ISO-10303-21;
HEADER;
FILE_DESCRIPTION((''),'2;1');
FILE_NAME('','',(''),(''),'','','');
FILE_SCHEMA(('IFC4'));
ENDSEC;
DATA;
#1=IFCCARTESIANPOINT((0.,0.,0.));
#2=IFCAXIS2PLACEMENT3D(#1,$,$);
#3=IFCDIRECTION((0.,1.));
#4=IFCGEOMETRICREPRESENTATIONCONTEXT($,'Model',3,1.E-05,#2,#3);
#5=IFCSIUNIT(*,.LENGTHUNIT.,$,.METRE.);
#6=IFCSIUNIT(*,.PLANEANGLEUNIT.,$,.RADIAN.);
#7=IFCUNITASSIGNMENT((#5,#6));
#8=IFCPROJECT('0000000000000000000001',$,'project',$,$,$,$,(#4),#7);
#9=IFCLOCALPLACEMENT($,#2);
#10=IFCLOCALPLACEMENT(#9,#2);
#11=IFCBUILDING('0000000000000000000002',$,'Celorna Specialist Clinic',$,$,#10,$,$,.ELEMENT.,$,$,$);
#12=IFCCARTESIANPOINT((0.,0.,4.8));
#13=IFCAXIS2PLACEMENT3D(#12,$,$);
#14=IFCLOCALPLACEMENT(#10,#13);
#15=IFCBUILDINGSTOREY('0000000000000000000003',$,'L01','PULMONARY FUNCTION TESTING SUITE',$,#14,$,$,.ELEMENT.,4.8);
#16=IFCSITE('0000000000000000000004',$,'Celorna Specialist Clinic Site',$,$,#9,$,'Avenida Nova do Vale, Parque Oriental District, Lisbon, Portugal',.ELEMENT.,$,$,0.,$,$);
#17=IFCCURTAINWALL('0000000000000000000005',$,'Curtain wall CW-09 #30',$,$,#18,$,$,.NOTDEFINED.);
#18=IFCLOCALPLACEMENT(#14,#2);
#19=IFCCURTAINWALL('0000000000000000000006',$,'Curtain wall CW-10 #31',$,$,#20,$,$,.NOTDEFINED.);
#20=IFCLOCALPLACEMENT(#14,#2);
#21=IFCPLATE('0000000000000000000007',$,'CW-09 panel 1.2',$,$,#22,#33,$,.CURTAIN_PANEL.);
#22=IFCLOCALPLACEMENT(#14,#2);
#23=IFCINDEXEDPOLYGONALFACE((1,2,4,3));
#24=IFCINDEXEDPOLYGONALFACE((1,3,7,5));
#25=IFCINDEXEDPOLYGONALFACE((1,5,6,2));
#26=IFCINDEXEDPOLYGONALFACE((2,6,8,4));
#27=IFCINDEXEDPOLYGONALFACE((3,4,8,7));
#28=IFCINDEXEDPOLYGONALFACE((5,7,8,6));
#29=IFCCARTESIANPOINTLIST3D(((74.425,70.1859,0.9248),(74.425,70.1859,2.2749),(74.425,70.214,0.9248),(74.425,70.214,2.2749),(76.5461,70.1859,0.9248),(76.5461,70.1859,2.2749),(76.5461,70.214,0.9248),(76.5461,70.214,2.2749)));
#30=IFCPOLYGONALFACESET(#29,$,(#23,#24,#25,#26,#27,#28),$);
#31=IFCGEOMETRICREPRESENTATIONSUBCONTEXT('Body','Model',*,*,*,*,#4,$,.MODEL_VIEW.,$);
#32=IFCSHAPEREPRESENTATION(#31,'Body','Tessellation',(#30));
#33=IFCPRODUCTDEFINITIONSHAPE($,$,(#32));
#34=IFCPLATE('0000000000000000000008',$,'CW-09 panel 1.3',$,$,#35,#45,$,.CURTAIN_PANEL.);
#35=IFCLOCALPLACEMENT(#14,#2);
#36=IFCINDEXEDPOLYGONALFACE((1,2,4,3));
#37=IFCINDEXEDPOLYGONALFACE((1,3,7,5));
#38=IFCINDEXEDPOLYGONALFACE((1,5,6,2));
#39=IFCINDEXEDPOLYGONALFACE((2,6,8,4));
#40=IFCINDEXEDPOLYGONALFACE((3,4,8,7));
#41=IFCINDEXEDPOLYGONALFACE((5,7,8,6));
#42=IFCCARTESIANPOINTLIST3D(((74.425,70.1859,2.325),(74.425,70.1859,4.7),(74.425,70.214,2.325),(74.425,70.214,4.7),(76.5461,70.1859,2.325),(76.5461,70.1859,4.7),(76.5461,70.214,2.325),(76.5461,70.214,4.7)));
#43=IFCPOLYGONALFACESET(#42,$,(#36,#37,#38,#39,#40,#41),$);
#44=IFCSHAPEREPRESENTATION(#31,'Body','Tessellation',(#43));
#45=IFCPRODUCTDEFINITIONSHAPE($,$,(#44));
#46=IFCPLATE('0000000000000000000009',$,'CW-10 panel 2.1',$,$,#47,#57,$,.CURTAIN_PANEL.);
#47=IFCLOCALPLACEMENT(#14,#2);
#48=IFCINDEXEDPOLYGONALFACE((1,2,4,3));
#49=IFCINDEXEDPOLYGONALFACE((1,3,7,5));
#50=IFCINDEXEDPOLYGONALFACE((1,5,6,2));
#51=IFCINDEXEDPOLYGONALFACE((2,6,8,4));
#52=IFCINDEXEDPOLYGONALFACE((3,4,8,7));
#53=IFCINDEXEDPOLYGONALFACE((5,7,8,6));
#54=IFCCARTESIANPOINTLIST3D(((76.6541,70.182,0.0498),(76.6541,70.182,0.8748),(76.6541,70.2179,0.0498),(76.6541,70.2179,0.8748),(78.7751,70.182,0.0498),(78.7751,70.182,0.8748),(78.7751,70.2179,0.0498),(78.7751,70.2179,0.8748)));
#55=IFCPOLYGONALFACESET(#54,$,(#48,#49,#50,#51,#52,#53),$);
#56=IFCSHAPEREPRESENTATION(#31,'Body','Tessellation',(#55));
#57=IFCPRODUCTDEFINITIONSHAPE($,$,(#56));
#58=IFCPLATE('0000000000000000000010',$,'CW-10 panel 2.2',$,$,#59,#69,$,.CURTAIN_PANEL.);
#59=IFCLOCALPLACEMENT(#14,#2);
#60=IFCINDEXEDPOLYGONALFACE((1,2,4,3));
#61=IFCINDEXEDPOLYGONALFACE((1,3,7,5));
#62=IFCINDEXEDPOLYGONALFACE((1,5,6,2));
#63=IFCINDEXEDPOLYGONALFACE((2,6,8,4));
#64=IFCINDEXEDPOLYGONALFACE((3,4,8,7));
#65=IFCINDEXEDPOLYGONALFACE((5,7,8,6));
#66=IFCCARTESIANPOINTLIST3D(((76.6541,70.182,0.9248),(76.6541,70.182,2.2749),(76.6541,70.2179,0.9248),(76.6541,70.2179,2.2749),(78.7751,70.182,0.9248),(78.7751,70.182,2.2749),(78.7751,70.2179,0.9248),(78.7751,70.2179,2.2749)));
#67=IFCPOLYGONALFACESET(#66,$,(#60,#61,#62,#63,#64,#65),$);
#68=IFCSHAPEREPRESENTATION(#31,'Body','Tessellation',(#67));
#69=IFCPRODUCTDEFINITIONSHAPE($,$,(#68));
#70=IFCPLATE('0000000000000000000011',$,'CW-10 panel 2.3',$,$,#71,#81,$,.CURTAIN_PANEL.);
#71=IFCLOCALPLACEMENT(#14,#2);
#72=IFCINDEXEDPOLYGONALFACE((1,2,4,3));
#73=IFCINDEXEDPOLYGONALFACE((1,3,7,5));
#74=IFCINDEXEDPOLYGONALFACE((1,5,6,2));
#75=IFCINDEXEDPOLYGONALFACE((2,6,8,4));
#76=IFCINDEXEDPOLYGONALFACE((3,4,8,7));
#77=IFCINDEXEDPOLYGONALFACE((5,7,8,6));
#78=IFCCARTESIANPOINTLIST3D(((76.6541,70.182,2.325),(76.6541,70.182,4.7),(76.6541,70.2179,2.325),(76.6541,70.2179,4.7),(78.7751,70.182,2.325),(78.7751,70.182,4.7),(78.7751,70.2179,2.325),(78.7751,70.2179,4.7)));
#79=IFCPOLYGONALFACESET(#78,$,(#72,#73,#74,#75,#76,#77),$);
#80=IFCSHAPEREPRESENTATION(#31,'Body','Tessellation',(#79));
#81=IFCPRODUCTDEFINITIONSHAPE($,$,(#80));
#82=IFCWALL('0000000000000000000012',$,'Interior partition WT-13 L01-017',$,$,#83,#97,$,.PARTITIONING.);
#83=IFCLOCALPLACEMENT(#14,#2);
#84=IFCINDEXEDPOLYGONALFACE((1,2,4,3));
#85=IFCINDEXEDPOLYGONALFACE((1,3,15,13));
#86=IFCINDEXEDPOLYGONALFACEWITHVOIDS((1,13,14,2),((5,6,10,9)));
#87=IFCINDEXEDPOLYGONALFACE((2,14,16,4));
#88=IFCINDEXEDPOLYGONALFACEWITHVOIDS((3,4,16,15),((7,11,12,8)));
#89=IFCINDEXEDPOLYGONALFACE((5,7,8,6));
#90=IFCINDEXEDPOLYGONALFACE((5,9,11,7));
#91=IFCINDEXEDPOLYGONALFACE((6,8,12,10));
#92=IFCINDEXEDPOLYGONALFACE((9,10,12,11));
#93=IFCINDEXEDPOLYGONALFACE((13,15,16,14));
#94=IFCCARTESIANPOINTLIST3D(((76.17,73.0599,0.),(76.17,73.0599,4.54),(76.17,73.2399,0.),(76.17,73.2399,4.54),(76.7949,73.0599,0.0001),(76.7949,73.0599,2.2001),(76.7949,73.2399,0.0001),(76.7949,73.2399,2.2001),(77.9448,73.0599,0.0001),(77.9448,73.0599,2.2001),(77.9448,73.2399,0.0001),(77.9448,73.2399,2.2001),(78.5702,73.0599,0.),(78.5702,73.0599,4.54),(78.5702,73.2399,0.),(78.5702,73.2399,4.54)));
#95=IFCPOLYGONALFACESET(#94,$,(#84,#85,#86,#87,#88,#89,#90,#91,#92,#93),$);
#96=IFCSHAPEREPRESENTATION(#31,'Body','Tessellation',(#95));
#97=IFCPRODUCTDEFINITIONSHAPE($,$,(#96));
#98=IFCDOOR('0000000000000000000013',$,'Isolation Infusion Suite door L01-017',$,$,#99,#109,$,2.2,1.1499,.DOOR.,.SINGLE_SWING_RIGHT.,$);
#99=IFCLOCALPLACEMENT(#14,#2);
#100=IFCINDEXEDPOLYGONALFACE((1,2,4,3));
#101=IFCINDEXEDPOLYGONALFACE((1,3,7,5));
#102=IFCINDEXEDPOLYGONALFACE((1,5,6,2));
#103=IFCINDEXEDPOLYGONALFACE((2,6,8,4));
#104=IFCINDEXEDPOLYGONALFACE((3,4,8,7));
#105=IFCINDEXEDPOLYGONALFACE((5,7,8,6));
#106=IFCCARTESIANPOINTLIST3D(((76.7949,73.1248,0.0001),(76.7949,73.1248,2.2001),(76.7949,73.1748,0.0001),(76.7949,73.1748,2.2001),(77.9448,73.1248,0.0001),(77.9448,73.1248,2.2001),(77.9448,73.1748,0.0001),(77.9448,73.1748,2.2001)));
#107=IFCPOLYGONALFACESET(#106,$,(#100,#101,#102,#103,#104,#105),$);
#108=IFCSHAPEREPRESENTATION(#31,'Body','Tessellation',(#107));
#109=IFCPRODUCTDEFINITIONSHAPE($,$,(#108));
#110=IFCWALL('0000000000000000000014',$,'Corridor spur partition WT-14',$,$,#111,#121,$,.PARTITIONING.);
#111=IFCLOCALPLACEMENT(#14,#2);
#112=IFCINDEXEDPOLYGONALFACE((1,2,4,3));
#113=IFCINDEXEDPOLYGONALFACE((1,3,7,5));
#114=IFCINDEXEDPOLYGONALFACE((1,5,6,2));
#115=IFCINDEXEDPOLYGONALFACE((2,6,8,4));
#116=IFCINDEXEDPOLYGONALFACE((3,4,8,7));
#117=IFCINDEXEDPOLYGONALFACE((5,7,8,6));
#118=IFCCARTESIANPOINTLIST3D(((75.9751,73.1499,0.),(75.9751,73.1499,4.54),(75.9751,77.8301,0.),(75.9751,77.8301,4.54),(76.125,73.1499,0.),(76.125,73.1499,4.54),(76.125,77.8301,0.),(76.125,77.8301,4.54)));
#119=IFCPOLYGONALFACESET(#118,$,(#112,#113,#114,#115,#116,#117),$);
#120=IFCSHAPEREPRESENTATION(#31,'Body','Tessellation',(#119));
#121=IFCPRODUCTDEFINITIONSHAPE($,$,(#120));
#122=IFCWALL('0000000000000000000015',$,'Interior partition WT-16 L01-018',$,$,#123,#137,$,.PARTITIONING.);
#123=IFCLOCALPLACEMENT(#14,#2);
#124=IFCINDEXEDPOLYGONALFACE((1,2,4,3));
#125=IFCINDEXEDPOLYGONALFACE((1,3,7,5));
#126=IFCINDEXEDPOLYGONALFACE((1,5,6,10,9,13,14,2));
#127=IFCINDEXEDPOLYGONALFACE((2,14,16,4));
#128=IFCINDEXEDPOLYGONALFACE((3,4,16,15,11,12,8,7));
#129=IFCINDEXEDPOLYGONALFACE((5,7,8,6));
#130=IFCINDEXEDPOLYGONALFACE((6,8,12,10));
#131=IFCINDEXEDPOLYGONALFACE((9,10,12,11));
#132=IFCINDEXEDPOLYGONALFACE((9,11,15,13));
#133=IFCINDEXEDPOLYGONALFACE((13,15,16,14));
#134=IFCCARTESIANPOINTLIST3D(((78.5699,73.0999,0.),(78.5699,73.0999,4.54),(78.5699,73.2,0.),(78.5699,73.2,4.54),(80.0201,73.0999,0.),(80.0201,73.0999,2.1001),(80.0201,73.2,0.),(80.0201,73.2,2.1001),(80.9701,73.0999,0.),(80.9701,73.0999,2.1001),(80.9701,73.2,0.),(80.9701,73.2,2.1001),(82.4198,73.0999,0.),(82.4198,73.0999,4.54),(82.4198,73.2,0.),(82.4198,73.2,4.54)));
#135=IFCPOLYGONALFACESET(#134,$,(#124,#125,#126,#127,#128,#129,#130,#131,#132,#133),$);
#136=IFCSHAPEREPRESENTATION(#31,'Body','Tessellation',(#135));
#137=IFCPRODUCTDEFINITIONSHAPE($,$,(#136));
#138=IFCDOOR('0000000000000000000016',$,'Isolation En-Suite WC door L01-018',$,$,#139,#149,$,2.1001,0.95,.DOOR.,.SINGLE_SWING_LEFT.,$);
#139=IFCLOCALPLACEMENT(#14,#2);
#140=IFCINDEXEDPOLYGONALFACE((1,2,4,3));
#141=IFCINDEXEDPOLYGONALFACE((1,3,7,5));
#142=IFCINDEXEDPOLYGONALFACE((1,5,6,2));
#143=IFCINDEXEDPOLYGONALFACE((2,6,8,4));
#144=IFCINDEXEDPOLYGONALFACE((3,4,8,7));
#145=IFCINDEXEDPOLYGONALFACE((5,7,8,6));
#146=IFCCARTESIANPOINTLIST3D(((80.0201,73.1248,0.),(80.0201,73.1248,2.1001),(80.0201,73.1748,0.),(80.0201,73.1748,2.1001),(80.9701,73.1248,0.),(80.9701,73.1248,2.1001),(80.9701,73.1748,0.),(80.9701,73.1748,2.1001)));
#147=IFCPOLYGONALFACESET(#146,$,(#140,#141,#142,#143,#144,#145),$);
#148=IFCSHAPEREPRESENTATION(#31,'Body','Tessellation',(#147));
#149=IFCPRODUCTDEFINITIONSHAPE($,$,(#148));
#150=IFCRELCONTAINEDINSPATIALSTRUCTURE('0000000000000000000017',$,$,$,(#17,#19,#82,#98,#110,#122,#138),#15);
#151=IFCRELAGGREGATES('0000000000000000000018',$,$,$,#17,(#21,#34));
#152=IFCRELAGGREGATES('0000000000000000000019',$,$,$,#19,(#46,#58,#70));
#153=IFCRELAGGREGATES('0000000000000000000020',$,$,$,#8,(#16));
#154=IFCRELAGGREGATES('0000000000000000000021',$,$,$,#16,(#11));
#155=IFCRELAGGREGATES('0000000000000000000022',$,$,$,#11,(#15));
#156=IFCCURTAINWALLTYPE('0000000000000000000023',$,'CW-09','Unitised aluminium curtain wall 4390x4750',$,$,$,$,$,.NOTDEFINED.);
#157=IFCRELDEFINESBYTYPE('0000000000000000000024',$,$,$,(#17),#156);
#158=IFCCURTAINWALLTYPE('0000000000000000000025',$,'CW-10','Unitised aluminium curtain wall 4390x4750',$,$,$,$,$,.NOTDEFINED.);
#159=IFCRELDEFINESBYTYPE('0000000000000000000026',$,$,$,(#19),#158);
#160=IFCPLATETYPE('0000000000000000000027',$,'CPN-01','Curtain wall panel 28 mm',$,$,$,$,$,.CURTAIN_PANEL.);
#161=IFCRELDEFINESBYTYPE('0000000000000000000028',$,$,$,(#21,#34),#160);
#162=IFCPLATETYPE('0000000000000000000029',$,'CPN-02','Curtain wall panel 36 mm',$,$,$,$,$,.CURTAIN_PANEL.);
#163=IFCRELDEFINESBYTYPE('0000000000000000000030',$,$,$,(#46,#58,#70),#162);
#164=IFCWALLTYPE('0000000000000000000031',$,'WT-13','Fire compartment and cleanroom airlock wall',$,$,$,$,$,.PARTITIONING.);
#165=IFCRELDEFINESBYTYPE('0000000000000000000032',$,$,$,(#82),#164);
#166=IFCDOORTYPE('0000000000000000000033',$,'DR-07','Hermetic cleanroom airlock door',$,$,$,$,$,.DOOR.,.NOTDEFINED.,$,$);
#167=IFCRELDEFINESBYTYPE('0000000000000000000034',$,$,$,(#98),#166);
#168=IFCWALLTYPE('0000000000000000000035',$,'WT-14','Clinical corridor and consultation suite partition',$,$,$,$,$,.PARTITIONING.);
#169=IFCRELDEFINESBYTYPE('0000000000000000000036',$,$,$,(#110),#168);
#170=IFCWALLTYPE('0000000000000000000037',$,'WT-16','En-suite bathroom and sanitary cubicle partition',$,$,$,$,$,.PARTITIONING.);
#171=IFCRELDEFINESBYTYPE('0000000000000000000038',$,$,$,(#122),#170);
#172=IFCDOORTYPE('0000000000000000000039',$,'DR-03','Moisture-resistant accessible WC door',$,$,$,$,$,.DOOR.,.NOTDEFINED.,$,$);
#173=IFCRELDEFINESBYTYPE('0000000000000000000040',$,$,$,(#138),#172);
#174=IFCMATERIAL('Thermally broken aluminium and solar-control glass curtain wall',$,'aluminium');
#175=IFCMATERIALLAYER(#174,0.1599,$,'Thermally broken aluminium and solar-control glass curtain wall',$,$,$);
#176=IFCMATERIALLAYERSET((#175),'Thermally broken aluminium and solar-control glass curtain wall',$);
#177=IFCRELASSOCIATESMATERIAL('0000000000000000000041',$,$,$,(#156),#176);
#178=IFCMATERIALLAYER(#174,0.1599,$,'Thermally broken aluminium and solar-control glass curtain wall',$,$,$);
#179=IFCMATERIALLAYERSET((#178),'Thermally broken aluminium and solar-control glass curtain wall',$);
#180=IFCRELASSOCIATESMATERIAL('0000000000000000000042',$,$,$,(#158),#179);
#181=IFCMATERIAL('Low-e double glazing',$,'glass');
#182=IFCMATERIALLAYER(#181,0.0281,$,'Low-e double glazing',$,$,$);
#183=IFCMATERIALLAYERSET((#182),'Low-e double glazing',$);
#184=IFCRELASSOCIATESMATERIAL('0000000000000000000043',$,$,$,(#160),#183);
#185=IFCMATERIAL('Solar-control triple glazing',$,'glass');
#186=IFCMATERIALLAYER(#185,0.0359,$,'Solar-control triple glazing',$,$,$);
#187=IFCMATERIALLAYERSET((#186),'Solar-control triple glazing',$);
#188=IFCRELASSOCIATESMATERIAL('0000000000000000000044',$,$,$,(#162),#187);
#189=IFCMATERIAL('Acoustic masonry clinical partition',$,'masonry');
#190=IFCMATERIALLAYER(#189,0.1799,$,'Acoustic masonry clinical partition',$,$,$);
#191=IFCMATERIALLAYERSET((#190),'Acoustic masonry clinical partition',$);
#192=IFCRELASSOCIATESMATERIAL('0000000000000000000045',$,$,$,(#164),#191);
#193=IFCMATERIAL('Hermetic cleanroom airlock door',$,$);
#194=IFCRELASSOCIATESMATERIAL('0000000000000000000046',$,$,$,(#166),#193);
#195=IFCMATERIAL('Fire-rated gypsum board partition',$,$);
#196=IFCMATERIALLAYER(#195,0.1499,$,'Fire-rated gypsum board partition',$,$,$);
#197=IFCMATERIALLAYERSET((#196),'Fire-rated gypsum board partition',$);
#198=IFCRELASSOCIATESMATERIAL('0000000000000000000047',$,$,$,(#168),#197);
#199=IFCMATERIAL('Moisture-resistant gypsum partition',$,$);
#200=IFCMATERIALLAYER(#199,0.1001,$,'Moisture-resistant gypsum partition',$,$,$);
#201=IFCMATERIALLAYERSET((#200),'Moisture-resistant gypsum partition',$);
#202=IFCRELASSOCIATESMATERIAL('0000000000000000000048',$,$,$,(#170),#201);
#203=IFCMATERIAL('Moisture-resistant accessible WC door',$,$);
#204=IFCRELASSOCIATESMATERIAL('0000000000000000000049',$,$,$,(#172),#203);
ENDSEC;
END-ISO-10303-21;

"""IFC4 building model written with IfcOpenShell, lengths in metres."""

from ifc_helpers import new_model, si_unit, direction, frame, frame_2d, origin, origin_2d, place, context, subcontext, project, spatial, rectangle, extrude, material, layer, layer_set, type_object, element, fill, aggregate, save


model = new_model("IFC4")

# Units and contexts
model_context = context("Model", 3, precision=1e-05, world=origin(), true_north=direction((0.0, 1.0)))
body_context = subcontext(model_context, "Body", "Model", "MODEL_VIEW")
ifc_project = project(units=[si_unit("LENGTHUNIT", "METRE"), si_unit("PLANEANGLEUNIT", "RADIAN")], contexts=[model_context])

# Site, building, storey
site_placement = place(None, origin())
site = spatial("IfcSite", under=ifc_project, at=site_placement, Name="Celorna Specialist Clinic Site", LongName="Avenida Nova do Vale, Parque Oriental District, Lisbon, Portugal", CompositionType="ELEMENT", RefElevation=0.0)
building_placement = place(site_placement, origin())
building = spatial("IfcBuilding", under=site, at=building_placement, Name="Celorna Specialist Clinic", CompositionType="ELEMENT")
storey_placement = place(building_placement, frame((0.0, 0.0, 4.8)))
storey = spatial("IfcBuildingStorey", under=building, at=storey_placement, Name="L01", Description="PULMONARY FUNCTION TESTING SUITE", CompositionType="ELEMENT", Elevation=4.8)

# Curtain walls
ifc_material_1 = material(Name="Thermally broken aluminium and solar-control glass curtain wall", Category="aluminium")
ifc_layer_1 = layer(ifc_material_1, 0.1599, Name="Thermally broken aluminium and solar-control glass curtain wall")
ifc_layer_set_1 = layer_set([ifc_layer_1], Name="Thermally broken aluminium and solar-control glass curtain wall")
curtain_wall_type_1 = type_object("IfcCurtainWallType", Name="CW-09", Description="Unitised aluminium curtain wall 4390x4750", PredefinedType="NOTDEFINED", material=ifc_layer_set_1)
curtain_wall_1_placement = place(storey_placement, origin())
curtain_wall_1 = element("IfcCurtainWall", 1, at=curtain_wall_1_placement, inside=storey, type_object=curtain_wall_type_1, Name="Curtain wall CW-09 #30", PredefinedType="NOTDEFINED")
ifc_layer_2 = layer(ifc_material_1, 0.1599, Name="Thermally broken aluminium and solar-control glass curtain wall")
ifc_layer_set_2 = layer_set([ifc_layer_2], Name="Thermally broken aluminium and solar-control glass curtain wall")
curtain_wall_type_2 = type_object("IfcCurtainWallType", Name="CW-10", Description="Unitised aluminium curtain wall 4390x4750", PredefinedType="NOTDEFINED", material=ifc_layer_set_2)
curtain_wall_2_placement = place(storey_placement, origin())
curtain_wall_2 = element("IfcCurtainWall", 2, at=curtain_wall_2_placement, inside=storey, type_object=curtain_wall_type_2, Name="Curtain wall CW-10 #31", PredefinedType="NOTDEFINED")

# Plates
ifc_material_2 = material(Name="Low-e double glazing", Category="glass")
ifc_layer_3 = layer(ifc_material_2, 0.0281, Name="Low-e double glazing")
ifc_layer_set_3 = layer_set([ifc_layer_3], Name="Low-e double glazing")
plate_type_1 = type_object("IfcPlateType", Name="CPN-01", Description="Curtain wall panel 28 mm", PredefinedType="CURTAIN_PANEL", material=ifc_layer_set_3)
plate_1_placement = place(storey_placement, frame((75.4856, 70.2, 0.9248), z_axis=(0.0, 0.0, 1.0), x_axis=(-1.0, 0.0, 0.0)))
plate_1 = element("IfcPlate", 3, at=plate_1_placement, type_object=plate_type_1, Name="CW-09 panel 1.2", PredefinedType="CURTAIN_PANEL", context=body_context, shape_type="SweptSolid", body=[
    extrude(rectangle(XDim=2.1211, YDim=0.0281, at=origin_2d()), origin(), (0.0, 0.0, 1.0), 1.3501),
])
plate_2_placement = place(storey_placement, frame((75.4856, 70.2, 2.325), z_axis=(0.0, 0.0, 1.0), x_axis=(-1.0, 0.0, 0.0)))
plate_2 = element("IfcPlate", 4, at=plate_2_placement, type_object=plate_type_1, Name="CW-09 panel 1.3", PredefinedType="CURTAIN_PANEL", context=body_context, shape_type="SweptSolid", body=[
    extrude(rectangle(XDim=2.1211, YDim=0.0281, at=origin_2d()), origin(), (0.0, 0.0, 1.0), 2.375),
])
aggregate(curtain_wall_1, [plate_1, plate_2])
ifc_material_3 = material(Name="Solar-control triple glazing", Category="glass")
ifc_layer_4 = layer(ifc_material_3, 0.0359, Name="Solar-control triple glazing")
ifc_layer_set_4 = layer_set([ifc_layer_4], Name="Solar-control triple glazing")
plate_type_2 = type_object("IfcPlateType", Name="CPN-02", Description="Curtain wall panel 36 mm", PredefinedType="CURTAIN_PANEL", material=ifc_layer_set_4)
plate_3_placement = place(storey_placement, frame((77.7146, 70.2, 0.0498), z_axis=(0.0, 0.0, 1.0), x_axis=(-1.0, 0.0, 0.0)))
plate_3 = element("IfcPlate", 5, at=plate_3_placement, type_object=plate_type_2, Name="CW-10 panel 2.1", PredefinedType="CURTAIN_PANEL", context=body_context, shape_type="SweptSolid", body=[
    extrude(rectangle(XDim=2.1211, YDim=0.0359, at=origin_2d()), origin(), (0.0, 0.0, 1.0), 0.825),
])
plate_4_placement = place(storey_placement, frame((77.7146, 70.2, 0.9248), z_axis=(0.0, 0.0, 1.0), x_axis=(-1.0, 0.0, 0.0)))
plate_4 = element("IfcPlate", 6, at=plate_4_placement, type_object=plate_type_2, Name="CW-10 panel 2.2", PredefinedType="CURTAIN_PANEL", context=body_context, shape_type="SweptSolid", body=[
    extrude(rectangle(XDim=2.1211, YDim=0.0359, at=origin_2d()), origin(), (0.0, 0.0, 1.0), 1.3501),
])
plate_5_placement = place(storey_placement, frame((77.7146, 70.2, 2.325), z_axis=(0.0, 0.0, 1.0), x_axis=(-1.0, 0.0, 0.0)))
plate_5 = element("IfcPlate", 7, at=plate_5_placement, type_object=plate_type_2, Name="CW-10 panel 2.3", PredefinedType="CURTAIN_PANEL", context=body_context, shape_type="SweptSolid", body=[
    extrude(rectangle(XDim=2.1211, YDim=0.0359, at=origin_2d()), origin(), (0.0, 0.0, 1.0), 2.375),
])
aggregate(curtain_wall_2, [plate_3, plate_4, plate_5])

# Wall, opening, door
ifc_material_4 = material(Name="Acoustic masonry clinical partition", Category="masonry")
ifc_layer_5 = layer(ifc_material_4, 0.1799, Name="Acoustic masonry clinical partition")
ifc_layer_set_5 = layer_set([ifc_layer_5], Name="Acoustic masonry clinical partition")
wall_type_1 = type_object("IfcWallType", Name="WT-13", Description="Fire compartment and cleanroom airlock wall", PredefinedType="PARTITIONING", material=ifc_layer_set_5)
wall_1_placement = place(storey_placement, frame((76.1699, 73.1499, 0.0), z_axis=(0.0, 0.0, 1.0), x_axis=(1.0, 0.0, 0.0)))
wall_1 = element("IfcWall", 8, at=wall_1_placement, inside=storey, type_object=wall_type_1, Name="Interior partition WT-13 L01-017", PredefinedType="PARTITIONING", context=body_context, shape_type="SweptSolid", body=[
    extrude(rectangle(XDim=2.4001, YDim=0.1799, at=frame_2d((1.2002, 0.0))), origin(), (0.0, 0.0, 1.0), 4.54),
])
opening_1_placement = place(wall_1_placement, frame((0.625, 0.0, 0.0)))
opening_1 = element("IfcOpeningElement", 9, at=opening_1_placement, cuts=wall_1, PredefinedType="OPENING", context=body_context, shape_type="SweptSolid", body=[
    extrude(rectangle(XDim=1.1499, YDim=2.2, at=frame_2d((0.575, 1.1001))), frame((0.0, 0.0999, 0.0), z_axis=(0.0, -1.0, 0.0), x_axis=(1.0, 0.0, 0.0)), (0.0, 0.0, 1.0), 0.2),
])
ifc_material_5 = material(Name="Hermetic cleanroom airlock door")
door_type_1 = type_object("IfcDoorType", Name="DR-07", Description="Hermetic cleanroom airlock door", OperationType="NOTDEFINED", PredefinedType="DOOR", material=ifc_material_5)
door_1_placement = place(opening_1_placement, origin())
door_1 = element("IfcDoor", 10, at=door_1_placement, inside=storey, type_object=door_type_1, Name="Isolation Infusion Suite door L01-017", OperationType="SINGLE_SWING_RIGHT", OverallHeight=2.2, OverallWidth=1.1499, PredefinedType="DOOR", context=body_context, shape_type="SweptSolid", body=[
    extrude(rectangle(XDim=1.1499, YDim=2.2, at=frame_2d((0.575, 1.1001))), frame((0.0, 0.0249, 0.0), z_axis=(0.0, -1.0, 0.0), x_axis=(1.0, 0.0, 0.0)), (0.0, 0.0, 1.0), 0.05),
])
fill(opening_1, door_1)

# Wall
ifc_material_6 = material(Name="Fire-rated gypsum board partition")
ifc_layer_6 = layer(ifc_material_6, 0.1499, Name="Fire-rated gypsum board partition")
ifc_layer_set_6 = layer_set([ifc_layer_6], Name="Fire-rated gypsum board partition")
wall_type_2 = type_object("IfcWallType", Name="WT-14", Description="Clinical corridor and consultation suite partition", PredefinedType="PARTITIONING", material=ifc_layer_set_6)
wall_2_placement = place(storey_placement, frame((76.05, 73.1499, 0.0), z_axis=(0.0, 0.0, 1.0), x_axis=(0.0, 1.0, 0.0)))
element("IfcWall", 11, at=wall_2_placement, inside=storey, type_object=wall_type_2, Name="Corridor spur partition WT-14", PredefinedType="PARTITIONING", context=body_context, shape_type="SweptSolid", body=[
    extrude(rectangle(XDim=4.6802, YDim=0.1499, at=frame_2d((2.3401, 0.0))), origin(), (0.0, 0.0, 1.0), 4.54),
])

# Wall, opening, door
ifc_material_7 = material(Name="Moisture-resistant gypsum partition")
ifc_layer_7 = layer(ifc_material_7, 0.1001, Name="Moisture-resistant gypsum partition")
ifc_layer_set_7 = layer_set([ifc_layer_7], Name="Moisture-resistant gypsum partition")
wall_type_3 = type_object("IfcWallType", Name="WT-16", Description="En-suite bathroom and sanitary cubicle partition", PredefinedType="PARTITIONING", material=ifc_layer_set_7)
wall_3_placement = place(storey_placement, frame((78.5701, 73.1499, 0.0), z_axis=(0.0, 0.0, 1.0), x_axis=(1.0, 0.0, 0.0)))
wall_3 = element("IfcWall", 12, at=wall_3_placement, inside=storey, type_object=wall_type_3, Name="Interior partition WT-16 L01-018", PredefinedType="PARTITIONING", context=body_context, shape_type="SweptSolid", body=[
    extrude(rectangle(XDim=3.8499, YDim=0.1001, at=frame_2d((1.9248, 0.0))), origin(), (0.0, 0.0, 1.0), 4.54),
])
opening_2_placement = place(wall_3_placement, frame((1.45, 0.0, 0.0)))
opening_2 = element("IfcOpeningElement", 13, at=opening_2_placement, cuts=wall_3, PredefinedType="OPENING", context=body_context, shape_type="SweptSolid", body=[
    extrude(rectangle(XDim=0.95, YDim=2.1001, at=frame_2d((0.4751, 1.05))), frame((0.0, 0.0601, 0.0), z_axis=(0.0, -1.0, 0.0), x_axis=(1.0, 0.0, 0.0)), (0.0, 0.0, 1.0), 0.1201),
])
ifc_material_8 = material(Name="Moisture-resistant accessible WC door")
door_type_2 = type_object("IfcDoorType", Name="DR-03", Description="Moisture-resistant accessible WC door", OperationType="NOTDEFINED", PredefinedType="DOOR", material=ifc_material_8)
door_2_placement = place(opening_2_placement, origin())
door_2 = element("IfcDoor", 14, at=door_2_placement, inside=storey, type_object=door_type_2, Name="Isolation En-Suite WC door L01-018", OperationType="SINGLE_SWING_LEFT", OverallHeight=2.1001, OverallWidth=0.95, PredefinedType="DOOR", context=body_context, shape_type="SweptSolid", body=[
    extrude(rectangle(XDim=0.95, YDim=2.1001, at=frame_2d((0.4751, 1.05))), frame((0.0, 0.0249, 0.0), z_axis=(0.0, -1.0, 0.0), x_axis=(1.0, 0.0, 0.0)), (0.0, 0.0, 1.0), 0.05),
])
fill(opening_2, door_2)

save(model, "model.ifc")
